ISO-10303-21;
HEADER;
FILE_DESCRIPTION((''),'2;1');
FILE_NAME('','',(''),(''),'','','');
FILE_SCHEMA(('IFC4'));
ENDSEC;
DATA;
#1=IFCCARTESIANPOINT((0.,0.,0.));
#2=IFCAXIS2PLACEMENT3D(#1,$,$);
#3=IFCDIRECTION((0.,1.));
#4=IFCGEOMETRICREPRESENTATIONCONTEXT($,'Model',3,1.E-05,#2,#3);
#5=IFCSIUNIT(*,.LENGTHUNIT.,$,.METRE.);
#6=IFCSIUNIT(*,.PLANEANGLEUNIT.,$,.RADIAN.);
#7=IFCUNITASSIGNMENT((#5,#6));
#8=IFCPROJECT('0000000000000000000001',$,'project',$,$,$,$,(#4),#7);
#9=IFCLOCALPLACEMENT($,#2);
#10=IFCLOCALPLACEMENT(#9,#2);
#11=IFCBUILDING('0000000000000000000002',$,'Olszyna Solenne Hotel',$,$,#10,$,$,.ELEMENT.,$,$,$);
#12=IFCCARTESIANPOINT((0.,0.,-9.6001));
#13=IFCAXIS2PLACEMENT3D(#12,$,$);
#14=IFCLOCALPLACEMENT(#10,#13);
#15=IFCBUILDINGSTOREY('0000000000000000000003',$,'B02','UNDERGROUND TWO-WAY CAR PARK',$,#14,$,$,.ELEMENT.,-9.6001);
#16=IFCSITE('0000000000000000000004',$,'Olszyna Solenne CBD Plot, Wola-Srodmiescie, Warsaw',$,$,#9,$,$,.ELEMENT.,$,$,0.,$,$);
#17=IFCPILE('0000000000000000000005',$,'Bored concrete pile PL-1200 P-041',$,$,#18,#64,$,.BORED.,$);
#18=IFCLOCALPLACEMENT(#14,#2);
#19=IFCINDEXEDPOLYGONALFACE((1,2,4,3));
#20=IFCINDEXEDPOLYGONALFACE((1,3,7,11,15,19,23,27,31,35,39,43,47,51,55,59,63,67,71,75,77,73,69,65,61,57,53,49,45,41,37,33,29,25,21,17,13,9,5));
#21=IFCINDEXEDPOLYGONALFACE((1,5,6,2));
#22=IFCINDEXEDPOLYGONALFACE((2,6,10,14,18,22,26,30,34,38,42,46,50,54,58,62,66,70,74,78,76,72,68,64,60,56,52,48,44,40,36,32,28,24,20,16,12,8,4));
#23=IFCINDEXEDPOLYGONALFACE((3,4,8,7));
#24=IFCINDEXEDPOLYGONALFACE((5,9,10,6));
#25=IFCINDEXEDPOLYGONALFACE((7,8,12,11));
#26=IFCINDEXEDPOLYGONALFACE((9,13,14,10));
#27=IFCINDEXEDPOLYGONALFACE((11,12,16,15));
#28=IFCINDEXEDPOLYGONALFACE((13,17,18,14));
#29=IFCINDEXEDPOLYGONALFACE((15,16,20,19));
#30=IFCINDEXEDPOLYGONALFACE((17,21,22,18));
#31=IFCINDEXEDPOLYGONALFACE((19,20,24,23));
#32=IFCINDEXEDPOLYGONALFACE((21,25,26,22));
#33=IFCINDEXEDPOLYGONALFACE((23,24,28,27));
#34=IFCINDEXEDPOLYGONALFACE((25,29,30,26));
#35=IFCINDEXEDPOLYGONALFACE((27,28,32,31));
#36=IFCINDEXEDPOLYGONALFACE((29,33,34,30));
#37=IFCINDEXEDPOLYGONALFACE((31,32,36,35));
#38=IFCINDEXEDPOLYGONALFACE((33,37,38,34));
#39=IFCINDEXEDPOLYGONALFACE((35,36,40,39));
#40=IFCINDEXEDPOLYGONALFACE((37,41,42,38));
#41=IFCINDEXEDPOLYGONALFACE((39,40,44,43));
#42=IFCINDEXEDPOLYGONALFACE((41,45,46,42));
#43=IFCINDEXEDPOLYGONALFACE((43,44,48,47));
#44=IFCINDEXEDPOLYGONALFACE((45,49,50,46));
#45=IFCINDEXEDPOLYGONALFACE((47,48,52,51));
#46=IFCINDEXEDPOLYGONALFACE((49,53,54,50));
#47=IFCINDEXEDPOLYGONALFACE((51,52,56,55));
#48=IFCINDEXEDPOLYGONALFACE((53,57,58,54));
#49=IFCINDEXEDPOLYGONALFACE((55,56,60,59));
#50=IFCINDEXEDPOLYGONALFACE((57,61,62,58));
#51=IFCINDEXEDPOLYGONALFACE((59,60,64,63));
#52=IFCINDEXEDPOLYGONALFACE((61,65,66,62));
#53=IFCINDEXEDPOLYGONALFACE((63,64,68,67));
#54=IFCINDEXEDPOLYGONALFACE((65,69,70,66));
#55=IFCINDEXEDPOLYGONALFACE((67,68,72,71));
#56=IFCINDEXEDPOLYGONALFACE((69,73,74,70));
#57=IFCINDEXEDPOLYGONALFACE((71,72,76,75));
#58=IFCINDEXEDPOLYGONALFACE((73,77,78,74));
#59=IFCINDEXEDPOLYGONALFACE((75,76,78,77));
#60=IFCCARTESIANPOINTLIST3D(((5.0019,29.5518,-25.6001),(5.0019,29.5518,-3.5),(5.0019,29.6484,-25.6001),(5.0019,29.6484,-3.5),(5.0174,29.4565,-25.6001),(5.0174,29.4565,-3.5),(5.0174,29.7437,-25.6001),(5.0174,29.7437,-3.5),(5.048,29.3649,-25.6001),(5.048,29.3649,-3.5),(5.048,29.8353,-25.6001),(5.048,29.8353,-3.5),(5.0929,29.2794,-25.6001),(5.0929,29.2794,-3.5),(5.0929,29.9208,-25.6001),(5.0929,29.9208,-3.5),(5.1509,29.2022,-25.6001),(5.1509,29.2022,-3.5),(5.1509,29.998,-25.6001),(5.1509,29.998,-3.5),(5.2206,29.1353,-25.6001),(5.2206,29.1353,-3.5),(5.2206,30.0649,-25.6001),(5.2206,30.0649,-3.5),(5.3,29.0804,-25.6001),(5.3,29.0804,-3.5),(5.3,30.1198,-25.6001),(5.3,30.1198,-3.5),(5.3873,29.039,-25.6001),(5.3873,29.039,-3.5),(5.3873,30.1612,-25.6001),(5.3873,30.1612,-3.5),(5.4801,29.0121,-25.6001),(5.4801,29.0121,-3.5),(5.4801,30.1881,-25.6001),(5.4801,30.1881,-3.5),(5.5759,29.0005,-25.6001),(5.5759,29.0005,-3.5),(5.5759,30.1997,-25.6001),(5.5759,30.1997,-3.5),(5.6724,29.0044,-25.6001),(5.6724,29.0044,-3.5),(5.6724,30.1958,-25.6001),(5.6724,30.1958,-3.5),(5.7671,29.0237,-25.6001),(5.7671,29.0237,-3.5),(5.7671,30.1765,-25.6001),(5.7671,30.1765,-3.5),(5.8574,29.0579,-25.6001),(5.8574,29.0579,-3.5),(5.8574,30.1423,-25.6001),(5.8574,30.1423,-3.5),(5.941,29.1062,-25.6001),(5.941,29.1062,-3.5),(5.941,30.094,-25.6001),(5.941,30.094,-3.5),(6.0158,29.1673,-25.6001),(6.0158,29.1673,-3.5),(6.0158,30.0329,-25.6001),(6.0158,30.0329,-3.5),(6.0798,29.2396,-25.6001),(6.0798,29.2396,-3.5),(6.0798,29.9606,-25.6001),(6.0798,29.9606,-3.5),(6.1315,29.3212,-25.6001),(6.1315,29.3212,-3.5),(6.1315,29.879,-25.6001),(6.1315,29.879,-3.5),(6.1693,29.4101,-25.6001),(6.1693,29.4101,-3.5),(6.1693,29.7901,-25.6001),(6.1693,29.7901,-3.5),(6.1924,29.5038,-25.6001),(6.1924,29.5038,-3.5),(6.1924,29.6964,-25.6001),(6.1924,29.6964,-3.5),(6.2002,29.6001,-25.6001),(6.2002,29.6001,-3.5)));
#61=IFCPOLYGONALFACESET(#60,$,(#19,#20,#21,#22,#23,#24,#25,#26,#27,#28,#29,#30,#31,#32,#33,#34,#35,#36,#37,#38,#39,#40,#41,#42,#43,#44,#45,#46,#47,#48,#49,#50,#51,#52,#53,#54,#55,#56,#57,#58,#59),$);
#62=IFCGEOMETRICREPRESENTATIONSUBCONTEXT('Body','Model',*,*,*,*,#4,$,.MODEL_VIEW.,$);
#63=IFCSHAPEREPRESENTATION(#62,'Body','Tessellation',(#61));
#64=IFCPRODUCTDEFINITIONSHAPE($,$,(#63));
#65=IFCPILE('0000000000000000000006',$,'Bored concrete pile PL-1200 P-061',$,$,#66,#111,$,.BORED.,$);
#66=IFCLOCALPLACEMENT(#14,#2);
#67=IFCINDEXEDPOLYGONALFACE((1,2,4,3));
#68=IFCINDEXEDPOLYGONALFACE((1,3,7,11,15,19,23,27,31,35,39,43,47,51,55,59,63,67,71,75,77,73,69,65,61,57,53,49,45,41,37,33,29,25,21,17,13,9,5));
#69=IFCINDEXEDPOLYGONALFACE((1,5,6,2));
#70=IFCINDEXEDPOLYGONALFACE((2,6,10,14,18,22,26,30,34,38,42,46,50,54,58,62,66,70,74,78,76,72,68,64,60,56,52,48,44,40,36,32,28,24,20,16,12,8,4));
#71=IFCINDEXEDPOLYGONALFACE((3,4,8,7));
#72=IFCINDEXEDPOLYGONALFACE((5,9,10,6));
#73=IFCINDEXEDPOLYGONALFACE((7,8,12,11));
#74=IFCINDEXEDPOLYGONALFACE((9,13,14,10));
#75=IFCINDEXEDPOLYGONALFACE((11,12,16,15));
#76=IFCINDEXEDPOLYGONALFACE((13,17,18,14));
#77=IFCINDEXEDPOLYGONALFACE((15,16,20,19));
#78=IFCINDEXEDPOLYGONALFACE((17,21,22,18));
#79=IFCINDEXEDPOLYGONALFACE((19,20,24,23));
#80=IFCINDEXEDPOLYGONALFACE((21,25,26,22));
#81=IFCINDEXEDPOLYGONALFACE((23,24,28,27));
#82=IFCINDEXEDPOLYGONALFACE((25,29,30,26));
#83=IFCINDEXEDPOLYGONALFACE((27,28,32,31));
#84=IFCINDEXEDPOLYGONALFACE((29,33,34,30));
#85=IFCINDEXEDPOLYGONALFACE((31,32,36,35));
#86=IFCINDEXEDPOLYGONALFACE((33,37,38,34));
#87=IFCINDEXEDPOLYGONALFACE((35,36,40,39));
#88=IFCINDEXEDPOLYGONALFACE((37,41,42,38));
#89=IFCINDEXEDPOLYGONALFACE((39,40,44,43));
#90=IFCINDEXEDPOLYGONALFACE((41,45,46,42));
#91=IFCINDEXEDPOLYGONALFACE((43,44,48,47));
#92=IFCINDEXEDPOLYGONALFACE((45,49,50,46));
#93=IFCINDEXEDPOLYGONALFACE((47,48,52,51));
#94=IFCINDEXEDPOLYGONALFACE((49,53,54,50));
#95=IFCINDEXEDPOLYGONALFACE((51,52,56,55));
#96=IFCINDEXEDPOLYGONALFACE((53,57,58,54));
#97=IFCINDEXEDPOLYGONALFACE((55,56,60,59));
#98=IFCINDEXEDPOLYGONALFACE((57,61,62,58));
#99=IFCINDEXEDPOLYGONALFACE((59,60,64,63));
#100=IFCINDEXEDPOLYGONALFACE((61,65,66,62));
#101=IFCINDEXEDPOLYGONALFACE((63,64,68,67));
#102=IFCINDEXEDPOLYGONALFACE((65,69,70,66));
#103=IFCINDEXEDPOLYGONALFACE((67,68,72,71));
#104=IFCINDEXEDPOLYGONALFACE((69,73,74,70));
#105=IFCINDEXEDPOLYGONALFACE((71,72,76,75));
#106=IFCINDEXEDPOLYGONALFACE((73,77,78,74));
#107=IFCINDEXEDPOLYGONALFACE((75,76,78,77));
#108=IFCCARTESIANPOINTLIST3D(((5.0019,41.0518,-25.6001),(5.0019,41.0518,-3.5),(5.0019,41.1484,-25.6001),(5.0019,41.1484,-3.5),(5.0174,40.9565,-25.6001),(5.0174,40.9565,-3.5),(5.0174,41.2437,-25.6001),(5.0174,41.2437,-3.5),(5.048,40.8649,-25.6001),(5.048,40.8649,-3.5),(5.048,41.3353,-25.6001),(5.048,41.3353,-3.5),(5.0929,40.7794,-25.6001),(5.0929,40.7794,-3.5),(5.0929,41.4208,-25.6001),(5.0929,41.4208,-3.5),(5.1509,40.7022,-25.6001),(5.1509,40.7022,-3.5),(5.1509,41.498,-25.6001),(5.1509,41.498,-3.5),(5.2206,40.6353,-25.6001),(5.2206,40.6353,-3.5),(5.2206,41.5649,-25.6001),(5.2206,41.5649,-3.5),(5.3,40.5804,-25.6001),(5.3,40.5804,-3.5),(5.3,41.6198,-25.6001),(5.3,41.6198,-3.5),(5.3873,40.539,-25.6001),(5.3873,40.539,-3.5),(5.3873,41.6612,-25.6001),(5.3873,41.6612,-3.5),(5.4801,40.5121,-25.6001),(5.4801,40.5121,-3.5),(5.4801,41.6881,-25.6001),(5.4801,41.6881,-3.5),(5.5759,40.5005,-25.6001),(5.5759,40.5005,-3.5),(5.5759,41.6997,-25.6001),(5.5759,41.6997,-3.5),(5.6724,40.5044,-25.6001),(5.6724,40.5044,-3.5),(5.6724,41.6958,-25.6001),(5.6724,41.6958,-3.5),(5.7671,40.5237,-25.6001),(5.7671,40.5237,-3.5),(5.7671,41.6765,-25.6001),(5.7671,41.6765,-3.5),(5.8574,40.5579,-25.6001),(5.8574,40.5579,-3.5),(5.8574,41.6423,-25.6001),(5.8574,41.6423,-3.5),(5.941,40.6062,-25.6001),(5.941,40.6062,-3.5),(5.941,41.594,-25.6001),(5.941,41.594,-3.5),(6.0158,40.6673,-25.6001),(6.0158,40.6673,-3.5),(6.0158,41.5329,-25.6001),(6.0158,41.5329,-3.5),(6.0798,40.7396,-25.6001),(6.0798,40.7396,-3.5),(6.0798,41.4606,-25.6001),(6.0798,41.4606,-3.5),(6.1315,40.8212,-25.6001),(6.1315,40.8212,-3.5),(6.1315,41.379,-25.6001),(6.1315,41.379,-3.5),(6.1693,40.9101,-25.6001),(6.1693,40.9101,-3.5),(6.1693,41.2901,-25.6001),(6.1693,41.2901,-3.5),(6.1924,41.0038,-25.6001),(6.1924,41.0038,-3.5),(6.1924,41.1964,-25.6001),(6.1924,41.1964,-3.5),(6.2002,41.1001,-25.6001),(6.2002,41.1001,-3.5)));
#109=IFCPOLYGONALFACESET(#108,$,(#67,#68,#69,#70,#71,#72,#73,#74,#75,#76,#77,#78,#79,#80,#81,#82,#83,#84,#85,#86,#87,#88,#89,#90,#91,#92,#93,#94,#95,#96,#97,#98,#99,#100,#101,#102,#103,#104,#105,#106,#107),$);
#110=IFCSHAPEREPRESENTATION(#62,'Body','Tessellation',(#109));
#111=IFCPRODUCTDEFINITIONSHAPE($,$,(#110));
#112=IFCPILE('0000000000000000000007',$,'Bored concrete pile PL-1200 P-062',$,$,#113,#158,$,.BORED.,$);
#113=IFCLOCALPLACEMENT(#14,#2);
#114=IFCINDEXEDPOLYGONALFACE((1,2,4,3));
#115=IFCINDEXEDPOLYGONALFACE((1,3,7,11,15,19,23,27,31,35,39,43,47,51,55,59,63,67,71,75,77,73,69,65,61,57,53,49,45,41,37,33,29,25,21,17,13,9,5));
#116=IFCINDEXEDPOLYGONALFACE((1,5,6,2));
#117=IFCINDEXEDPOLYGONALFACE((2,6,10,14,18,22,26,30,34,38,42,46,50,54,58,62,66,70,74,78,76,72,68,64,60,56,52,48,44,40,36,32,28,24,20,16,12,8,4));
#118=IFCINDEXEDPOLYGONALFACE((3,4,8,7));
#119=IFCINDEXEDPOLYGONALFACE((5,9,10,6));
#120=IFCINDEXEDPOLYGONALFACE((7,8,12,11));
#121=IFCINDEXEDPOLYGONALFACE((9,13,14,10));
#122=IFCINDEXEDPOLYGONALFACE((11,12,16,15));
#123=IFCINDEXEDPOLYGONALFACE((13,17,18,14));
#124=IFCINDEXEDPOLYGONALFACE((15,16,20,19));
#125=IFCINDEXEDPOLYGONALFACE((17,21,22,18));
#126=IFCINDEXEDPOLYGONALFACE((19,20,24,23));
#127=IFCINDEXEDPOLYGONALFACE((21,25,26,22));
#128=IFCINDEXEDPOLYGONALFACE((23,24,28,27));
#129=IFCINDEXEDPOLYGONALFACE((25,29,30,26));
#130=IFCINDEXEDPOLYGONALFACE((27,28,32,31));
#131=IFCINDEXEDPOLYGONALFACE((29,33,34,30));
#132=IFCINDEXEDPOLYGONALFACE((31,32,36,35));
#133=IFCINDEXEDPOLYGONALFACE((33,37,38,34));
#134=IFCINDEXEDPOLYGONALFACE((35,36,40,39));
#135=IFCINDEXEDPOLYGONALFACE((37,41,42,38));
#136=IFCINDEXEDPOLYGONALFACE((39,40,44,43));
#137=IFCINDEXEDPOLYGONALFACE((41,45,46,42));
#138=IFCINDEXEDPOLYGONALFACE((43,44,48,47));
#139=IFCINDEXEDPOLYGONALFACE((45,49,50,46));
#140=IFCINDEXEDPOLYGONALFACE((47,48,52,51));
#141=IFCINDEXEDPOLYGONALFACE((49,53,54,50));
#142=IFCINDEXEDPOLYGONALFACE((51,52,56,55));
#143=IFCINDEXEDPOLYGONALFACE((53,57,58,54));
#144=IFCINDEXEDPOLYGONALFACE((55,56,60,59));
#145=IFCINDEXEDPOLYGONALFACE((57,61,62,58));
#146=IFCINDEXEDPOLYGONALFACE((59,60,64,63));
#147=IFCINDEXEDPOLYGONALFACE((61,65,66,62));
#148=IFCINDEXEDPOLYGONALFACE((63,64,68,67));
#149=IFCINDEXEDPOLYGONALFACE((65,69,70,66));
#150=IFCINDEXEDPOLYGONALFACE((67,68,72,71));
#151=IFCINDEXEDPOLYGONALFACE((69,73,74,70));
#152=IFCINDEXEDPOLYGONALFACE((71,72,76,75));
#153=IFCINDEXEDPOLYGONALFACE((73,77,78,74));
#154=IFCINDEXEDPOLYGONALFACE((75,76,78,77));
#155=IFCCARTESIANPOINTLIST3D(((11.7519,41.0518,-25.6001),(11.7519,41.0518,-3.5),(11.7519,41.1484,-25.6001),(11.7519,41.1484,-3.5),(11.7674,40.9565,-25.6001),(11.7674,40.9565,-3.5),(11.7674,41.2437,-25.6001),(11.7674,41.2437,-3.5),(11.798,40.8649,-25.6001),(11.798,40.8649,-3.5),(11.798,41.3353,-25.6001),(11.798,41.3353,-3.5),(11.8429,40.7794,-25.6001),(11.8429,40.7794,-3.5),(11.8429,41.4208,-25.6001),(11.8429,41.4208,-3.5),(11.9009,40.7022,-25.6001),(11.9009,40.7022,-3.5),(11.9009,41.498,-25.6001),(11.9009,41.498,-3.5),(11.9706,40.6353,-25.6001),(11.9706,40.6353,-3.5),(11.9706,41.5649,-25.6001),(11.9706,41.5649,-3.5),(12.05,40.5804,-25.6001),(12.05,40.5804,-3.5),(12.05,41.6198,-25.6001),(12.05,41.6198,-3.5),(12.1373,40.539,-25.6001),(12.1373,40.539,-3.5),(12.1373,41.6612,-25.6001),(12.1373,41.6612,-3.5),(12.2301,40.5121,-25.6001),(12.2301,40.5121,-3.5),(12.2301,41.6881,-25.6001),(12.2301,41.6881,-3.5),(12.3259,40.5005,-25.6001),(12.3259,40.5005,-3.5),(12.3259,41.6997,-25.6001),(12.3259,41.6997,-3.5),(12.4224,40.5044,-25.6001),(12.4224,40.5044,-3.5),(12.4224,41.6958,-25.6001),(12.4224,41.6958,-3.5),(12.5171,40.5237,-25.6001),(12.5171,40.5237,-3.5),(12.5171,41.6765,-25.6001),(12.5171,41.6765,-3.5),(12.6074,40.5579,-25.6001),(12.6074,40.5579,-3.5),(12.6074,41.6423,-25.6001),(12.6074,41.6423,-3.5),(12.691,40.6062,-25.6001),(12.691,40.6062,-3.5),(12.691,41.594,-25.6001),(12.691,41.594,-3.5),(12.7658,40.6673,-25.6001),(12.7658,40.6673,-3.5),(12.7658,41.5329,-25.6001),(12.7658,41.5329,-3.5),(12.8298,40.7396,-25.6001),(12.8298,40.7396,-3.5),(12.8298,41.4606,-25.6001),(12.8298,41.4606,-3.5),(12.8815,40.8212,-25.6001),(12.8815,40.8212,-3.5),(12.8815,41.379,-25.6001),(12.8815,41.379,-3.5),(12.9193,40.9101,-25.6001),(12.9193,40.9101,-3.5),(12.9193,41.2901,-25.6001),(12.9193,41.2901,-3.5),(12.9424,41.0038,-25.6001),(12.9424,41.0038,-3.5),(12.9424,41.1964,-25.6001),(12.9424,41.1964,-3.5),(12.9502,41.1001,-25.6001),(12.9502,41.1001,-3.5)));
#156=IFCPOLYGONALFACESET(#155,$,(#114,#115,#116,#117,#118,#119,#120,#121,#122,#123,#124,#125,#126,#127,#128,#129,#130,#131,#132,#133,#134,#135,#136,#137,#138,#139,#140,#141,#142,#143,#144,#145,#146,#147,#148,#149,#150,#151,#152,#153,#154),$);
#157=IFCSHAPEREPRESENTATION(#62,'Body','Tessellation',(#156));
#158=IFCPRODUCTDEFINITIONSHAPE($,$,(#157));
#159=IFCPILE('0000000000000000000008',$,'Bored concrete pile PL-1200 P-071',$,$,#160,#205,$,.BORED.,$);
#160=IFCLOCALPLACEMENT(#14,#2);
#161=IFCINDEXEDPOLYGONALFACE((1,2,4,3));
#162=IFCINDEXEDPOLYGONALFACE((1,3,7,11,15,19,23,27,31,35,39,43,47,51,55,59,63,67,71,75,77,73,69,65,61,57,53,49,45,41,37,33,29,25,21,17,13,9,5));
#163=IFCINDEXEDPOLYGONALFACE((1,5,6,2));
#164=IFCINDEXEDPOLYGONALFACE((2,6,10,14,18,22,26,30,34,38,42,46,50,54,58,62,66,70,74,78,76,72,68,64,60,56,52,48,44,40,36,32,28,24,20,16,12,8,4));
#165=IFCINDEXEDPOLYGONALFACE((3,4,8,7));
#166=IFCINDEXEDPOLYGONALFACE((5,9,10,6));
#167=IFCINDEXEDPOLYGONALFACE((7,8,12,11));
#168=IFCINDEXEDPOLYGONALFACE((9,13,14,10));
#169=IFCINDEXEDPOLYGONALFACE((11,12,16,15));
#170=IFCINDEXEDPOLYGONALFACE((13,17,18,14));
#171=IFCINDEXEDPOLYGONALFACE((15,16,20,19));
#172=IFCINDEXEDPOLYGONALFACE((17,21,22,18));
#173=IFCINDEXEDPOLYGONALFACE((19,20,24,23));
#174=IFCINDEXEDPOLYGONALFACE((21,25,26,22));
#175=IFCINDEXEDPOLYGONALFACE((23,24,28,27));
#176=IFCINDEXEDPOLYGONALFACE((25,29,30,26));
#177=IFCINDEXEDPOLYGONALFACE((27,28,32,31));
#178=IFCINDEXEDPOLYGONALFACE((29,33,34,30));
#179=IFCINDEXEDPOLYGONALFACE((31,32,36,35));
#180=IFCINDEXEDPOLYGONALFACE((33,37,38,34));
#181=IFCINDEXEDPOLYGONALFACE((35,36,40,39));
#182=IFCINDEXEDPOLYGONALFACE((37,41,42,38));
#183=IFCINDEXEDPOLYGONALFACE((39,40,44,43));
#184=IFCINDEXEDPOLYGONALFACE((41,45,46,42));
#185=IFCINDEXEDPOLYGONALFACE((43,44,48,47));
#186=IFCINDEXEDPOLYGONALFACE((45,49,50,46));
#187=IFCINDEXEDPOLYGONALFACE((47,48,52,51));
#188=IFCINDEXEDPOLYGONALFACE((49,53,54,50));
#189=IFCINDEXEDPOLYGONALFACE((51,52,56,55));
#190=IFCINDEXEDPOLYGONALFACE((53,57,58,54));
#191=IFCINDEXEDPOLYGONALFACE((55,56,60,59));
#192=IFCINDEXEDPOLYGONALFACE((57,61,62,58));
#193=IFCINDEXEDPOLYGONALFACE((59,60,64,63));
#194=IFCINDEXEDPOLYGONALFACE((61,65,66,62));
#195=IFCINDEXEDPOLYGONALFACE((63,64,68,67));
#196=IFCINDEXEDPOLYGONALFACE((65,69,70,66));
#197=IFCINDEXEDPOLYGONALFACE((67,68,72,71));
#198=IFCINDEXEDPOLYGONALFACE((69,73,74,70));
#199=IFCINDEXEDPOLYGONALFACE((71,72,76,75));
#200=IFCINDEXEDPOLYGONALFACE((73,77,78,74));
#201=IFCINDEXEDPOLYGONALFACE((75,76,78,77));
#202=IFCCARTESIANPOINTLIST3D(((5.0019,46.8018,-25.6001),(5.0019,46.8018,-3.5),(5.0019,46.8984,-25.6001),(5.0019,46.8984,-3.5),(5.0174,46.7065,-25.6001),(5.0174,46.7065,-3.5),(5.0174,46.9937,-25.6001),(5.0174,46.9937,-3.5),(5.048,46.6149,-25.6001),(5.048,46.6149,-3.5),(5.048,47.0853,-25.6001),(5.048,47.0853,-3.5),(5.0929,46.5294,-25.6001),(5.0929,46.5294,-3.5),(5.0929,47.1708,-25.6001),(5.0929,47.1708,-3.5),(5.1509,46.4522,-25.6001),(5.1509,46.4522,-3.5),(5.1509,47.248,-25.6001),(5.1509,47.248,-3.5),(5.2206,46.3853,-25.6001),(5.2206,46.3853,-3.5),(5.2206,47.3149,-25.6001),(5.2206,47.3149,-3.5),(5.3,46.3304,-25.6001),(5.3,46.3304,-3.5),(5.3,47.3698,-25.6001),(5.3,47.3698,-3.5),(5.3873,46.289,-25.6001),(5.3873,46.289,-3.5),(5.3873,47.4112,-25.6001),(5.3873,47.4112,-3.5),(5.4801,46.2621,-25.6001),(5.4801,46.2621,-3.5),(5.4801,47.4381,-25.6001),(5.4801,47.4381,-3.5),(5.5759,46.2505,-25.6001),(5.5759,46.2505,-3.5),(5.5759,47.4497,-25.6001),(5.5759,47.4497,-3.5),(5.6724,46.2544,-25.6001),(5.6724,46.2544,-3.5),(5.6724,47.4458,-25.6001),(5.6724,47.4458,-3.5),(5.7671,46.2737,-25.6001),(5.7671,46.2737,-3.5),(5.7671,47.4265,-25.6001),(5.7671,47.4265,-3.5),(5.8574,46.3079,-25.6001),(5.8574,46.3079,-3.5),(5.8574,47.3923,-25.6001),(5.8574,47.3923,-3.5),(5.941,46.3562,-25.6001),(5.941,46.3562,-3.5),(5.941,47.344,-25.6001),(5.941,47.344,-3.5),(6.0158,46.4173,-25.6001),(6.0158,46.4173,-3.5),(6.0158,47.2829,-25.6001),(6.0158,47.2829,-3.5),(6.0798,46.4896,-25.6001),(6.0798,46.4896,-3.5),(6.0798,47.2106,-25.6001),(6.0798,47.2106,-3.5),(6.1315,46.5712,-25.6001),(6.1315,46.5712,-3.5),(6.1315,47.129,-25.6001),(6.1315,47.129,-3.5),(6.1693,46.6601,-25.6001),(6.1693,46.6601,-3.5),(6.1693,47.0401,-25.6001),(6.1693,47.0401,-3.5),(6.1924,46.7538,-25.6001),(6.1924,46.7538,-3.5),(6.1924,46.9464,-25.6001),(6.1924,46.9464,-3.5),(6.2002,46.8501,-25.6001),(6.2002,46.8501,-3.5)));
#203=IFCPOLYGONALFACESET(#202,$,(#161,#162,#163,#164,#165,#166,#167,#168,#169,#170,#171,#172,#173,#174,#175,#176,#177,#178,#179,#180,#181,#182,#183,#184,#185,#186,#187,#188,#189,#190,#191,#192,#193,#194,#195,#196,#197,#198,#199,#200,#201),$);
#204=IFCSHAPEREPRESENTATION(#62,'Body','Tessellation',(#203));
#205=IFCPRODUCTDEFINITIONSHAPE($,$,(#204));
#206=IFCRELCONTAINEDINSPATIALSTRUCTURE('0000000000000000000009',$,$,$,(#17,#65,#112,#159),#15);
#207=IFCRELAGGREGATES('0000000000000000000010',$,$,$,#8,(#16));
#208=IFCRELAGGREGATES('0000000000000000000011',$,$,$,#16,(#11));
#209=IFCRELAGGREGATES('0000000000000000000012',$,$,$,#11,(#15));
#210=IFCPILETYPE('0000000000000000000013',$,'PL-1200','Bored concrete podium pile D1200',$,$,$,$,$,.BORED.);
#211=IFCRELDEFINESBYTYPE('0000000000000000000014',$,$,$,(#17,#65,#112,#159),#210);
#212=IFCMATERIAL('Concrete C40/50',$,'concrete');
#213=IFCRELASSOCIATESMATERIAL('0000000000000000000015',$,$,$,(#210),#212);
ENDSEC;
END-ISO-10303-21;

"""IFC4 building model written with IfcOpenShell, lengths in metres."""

from ifc_helpers import new_model, si_unit, direction, frame, origin, origin_2d, place, context, subcontext, project, spatial, circle, extrude, source, transform, mapped, material, material_profile, profile_set, type_object, element, save


model = new_model("IFC4")

# Units and contexts
model_context = context("Model", 3, precision=1e-05, world=origin(), true_north=direction((0.0, 1.0)))
body_context = subcontext(model_context, "Body", "Model", "MODEL_VIEW")
ifc_project = project(units=[si_unit("LENGTHUNIT", "METRE"), si_unit("PLANEANGLEUNIT", "RADIAN")], contexts=[model_context])

# Site, building, storey
site_placement = place(None, origin())
site = spatial("IfcSite", under=ifc_project, at=site_placement, Name="Olszyna Solenne CBD Plot, Wola-Srodmiescie, Warsaw", CompositionType="ELEMENT", RefElevation=0.0)
building_placement = place(site_placement, origin())
building = spatial("IfcBuilding", under=site, at=building_placement, Name="Olszyna Solenne Hotel", CompositionType="ELEMENT")
storey_placement = place(building_placement, frame((0.0, 0.0, -9.6001)))
storey = spatial("IfcBuildingStorey", under=building, at=storey_placement, Name="B02", Description="UNDERGROUND TWO-WAY CAR PARK", CompositionType="ELEMENT", Elevation=-9.6001)

# Piles
ifc_material_1 = material(Name="Concrete C40/50", Category="concrete")
ifc_material_profile_1 = material_profile(ifc_material_1, circle(Radius=0.6001, at=origin_2d()), Name="BORED PILE 1200", Category="load-bearing")
ifc_profile_set_1 = profile_set([ifc_material_profile_1], Name="Concrete C40/50")
pile_type_1 = type_object("IfcPileType", Name="PL-1200", Description="Bored concrete podium pile D1200", PredefinedType="BORED", material=ifc_profile_set_1)
shared_shape_1 = source(origin(), body_context, "Body", "SweptSolid", [
    extrude(circle(Radius=0.6001, at=origin_2d()), origin(), (0.0, 0.0, 1.0), 22.1001),
])
for number, where, z_axis, x_axis, name in (
    (1, (5.6001, 29.6001, -3.5), (0.0, 0.0, -1.0), (1.0, 0.0, 0.0), "Bored concrete pile PL-1200 P-041"),
    (2, (5.6001, 41.1001, -3.5), (0.0, 0.0, -1.0), (1.0, 0.0, 0.0), "Bored concrete pile PL-1200 P-061"),
    (3, (12.3501, 41.1001, -3.5), (0.0, 0.0, -1.0), (1.0, 0.0, 0.0), "Bored concrete pile PL-1200 P-062"),
    (4, (5.6001, 46.8501, -3.5), (0.0, 0.0, -1.0), (1.0, 0.0, 0.0), "Bored concrete pile PL-1200 P-071"),
):
    element("IfcPile", number, at=place(storey_placement, frame(where, z_axis=z_axis, x_axis=x_axis)), inside=storey, type_object=pile_type_1, Name=name, PredefinedType="BORED", context=body_context, shape_type="MappedRepresentation", body=[
        mapped(shared_shape_1, transform((0.0, 0.0, 0.0), x_axis=(1.0, 0.0, 0.0), y_axis=(0.0, 1.0, 0.0), z_axis=(0.0, 0.0, 1.0), scale=1.0)),
    ])

save(model, "model.ifc")
